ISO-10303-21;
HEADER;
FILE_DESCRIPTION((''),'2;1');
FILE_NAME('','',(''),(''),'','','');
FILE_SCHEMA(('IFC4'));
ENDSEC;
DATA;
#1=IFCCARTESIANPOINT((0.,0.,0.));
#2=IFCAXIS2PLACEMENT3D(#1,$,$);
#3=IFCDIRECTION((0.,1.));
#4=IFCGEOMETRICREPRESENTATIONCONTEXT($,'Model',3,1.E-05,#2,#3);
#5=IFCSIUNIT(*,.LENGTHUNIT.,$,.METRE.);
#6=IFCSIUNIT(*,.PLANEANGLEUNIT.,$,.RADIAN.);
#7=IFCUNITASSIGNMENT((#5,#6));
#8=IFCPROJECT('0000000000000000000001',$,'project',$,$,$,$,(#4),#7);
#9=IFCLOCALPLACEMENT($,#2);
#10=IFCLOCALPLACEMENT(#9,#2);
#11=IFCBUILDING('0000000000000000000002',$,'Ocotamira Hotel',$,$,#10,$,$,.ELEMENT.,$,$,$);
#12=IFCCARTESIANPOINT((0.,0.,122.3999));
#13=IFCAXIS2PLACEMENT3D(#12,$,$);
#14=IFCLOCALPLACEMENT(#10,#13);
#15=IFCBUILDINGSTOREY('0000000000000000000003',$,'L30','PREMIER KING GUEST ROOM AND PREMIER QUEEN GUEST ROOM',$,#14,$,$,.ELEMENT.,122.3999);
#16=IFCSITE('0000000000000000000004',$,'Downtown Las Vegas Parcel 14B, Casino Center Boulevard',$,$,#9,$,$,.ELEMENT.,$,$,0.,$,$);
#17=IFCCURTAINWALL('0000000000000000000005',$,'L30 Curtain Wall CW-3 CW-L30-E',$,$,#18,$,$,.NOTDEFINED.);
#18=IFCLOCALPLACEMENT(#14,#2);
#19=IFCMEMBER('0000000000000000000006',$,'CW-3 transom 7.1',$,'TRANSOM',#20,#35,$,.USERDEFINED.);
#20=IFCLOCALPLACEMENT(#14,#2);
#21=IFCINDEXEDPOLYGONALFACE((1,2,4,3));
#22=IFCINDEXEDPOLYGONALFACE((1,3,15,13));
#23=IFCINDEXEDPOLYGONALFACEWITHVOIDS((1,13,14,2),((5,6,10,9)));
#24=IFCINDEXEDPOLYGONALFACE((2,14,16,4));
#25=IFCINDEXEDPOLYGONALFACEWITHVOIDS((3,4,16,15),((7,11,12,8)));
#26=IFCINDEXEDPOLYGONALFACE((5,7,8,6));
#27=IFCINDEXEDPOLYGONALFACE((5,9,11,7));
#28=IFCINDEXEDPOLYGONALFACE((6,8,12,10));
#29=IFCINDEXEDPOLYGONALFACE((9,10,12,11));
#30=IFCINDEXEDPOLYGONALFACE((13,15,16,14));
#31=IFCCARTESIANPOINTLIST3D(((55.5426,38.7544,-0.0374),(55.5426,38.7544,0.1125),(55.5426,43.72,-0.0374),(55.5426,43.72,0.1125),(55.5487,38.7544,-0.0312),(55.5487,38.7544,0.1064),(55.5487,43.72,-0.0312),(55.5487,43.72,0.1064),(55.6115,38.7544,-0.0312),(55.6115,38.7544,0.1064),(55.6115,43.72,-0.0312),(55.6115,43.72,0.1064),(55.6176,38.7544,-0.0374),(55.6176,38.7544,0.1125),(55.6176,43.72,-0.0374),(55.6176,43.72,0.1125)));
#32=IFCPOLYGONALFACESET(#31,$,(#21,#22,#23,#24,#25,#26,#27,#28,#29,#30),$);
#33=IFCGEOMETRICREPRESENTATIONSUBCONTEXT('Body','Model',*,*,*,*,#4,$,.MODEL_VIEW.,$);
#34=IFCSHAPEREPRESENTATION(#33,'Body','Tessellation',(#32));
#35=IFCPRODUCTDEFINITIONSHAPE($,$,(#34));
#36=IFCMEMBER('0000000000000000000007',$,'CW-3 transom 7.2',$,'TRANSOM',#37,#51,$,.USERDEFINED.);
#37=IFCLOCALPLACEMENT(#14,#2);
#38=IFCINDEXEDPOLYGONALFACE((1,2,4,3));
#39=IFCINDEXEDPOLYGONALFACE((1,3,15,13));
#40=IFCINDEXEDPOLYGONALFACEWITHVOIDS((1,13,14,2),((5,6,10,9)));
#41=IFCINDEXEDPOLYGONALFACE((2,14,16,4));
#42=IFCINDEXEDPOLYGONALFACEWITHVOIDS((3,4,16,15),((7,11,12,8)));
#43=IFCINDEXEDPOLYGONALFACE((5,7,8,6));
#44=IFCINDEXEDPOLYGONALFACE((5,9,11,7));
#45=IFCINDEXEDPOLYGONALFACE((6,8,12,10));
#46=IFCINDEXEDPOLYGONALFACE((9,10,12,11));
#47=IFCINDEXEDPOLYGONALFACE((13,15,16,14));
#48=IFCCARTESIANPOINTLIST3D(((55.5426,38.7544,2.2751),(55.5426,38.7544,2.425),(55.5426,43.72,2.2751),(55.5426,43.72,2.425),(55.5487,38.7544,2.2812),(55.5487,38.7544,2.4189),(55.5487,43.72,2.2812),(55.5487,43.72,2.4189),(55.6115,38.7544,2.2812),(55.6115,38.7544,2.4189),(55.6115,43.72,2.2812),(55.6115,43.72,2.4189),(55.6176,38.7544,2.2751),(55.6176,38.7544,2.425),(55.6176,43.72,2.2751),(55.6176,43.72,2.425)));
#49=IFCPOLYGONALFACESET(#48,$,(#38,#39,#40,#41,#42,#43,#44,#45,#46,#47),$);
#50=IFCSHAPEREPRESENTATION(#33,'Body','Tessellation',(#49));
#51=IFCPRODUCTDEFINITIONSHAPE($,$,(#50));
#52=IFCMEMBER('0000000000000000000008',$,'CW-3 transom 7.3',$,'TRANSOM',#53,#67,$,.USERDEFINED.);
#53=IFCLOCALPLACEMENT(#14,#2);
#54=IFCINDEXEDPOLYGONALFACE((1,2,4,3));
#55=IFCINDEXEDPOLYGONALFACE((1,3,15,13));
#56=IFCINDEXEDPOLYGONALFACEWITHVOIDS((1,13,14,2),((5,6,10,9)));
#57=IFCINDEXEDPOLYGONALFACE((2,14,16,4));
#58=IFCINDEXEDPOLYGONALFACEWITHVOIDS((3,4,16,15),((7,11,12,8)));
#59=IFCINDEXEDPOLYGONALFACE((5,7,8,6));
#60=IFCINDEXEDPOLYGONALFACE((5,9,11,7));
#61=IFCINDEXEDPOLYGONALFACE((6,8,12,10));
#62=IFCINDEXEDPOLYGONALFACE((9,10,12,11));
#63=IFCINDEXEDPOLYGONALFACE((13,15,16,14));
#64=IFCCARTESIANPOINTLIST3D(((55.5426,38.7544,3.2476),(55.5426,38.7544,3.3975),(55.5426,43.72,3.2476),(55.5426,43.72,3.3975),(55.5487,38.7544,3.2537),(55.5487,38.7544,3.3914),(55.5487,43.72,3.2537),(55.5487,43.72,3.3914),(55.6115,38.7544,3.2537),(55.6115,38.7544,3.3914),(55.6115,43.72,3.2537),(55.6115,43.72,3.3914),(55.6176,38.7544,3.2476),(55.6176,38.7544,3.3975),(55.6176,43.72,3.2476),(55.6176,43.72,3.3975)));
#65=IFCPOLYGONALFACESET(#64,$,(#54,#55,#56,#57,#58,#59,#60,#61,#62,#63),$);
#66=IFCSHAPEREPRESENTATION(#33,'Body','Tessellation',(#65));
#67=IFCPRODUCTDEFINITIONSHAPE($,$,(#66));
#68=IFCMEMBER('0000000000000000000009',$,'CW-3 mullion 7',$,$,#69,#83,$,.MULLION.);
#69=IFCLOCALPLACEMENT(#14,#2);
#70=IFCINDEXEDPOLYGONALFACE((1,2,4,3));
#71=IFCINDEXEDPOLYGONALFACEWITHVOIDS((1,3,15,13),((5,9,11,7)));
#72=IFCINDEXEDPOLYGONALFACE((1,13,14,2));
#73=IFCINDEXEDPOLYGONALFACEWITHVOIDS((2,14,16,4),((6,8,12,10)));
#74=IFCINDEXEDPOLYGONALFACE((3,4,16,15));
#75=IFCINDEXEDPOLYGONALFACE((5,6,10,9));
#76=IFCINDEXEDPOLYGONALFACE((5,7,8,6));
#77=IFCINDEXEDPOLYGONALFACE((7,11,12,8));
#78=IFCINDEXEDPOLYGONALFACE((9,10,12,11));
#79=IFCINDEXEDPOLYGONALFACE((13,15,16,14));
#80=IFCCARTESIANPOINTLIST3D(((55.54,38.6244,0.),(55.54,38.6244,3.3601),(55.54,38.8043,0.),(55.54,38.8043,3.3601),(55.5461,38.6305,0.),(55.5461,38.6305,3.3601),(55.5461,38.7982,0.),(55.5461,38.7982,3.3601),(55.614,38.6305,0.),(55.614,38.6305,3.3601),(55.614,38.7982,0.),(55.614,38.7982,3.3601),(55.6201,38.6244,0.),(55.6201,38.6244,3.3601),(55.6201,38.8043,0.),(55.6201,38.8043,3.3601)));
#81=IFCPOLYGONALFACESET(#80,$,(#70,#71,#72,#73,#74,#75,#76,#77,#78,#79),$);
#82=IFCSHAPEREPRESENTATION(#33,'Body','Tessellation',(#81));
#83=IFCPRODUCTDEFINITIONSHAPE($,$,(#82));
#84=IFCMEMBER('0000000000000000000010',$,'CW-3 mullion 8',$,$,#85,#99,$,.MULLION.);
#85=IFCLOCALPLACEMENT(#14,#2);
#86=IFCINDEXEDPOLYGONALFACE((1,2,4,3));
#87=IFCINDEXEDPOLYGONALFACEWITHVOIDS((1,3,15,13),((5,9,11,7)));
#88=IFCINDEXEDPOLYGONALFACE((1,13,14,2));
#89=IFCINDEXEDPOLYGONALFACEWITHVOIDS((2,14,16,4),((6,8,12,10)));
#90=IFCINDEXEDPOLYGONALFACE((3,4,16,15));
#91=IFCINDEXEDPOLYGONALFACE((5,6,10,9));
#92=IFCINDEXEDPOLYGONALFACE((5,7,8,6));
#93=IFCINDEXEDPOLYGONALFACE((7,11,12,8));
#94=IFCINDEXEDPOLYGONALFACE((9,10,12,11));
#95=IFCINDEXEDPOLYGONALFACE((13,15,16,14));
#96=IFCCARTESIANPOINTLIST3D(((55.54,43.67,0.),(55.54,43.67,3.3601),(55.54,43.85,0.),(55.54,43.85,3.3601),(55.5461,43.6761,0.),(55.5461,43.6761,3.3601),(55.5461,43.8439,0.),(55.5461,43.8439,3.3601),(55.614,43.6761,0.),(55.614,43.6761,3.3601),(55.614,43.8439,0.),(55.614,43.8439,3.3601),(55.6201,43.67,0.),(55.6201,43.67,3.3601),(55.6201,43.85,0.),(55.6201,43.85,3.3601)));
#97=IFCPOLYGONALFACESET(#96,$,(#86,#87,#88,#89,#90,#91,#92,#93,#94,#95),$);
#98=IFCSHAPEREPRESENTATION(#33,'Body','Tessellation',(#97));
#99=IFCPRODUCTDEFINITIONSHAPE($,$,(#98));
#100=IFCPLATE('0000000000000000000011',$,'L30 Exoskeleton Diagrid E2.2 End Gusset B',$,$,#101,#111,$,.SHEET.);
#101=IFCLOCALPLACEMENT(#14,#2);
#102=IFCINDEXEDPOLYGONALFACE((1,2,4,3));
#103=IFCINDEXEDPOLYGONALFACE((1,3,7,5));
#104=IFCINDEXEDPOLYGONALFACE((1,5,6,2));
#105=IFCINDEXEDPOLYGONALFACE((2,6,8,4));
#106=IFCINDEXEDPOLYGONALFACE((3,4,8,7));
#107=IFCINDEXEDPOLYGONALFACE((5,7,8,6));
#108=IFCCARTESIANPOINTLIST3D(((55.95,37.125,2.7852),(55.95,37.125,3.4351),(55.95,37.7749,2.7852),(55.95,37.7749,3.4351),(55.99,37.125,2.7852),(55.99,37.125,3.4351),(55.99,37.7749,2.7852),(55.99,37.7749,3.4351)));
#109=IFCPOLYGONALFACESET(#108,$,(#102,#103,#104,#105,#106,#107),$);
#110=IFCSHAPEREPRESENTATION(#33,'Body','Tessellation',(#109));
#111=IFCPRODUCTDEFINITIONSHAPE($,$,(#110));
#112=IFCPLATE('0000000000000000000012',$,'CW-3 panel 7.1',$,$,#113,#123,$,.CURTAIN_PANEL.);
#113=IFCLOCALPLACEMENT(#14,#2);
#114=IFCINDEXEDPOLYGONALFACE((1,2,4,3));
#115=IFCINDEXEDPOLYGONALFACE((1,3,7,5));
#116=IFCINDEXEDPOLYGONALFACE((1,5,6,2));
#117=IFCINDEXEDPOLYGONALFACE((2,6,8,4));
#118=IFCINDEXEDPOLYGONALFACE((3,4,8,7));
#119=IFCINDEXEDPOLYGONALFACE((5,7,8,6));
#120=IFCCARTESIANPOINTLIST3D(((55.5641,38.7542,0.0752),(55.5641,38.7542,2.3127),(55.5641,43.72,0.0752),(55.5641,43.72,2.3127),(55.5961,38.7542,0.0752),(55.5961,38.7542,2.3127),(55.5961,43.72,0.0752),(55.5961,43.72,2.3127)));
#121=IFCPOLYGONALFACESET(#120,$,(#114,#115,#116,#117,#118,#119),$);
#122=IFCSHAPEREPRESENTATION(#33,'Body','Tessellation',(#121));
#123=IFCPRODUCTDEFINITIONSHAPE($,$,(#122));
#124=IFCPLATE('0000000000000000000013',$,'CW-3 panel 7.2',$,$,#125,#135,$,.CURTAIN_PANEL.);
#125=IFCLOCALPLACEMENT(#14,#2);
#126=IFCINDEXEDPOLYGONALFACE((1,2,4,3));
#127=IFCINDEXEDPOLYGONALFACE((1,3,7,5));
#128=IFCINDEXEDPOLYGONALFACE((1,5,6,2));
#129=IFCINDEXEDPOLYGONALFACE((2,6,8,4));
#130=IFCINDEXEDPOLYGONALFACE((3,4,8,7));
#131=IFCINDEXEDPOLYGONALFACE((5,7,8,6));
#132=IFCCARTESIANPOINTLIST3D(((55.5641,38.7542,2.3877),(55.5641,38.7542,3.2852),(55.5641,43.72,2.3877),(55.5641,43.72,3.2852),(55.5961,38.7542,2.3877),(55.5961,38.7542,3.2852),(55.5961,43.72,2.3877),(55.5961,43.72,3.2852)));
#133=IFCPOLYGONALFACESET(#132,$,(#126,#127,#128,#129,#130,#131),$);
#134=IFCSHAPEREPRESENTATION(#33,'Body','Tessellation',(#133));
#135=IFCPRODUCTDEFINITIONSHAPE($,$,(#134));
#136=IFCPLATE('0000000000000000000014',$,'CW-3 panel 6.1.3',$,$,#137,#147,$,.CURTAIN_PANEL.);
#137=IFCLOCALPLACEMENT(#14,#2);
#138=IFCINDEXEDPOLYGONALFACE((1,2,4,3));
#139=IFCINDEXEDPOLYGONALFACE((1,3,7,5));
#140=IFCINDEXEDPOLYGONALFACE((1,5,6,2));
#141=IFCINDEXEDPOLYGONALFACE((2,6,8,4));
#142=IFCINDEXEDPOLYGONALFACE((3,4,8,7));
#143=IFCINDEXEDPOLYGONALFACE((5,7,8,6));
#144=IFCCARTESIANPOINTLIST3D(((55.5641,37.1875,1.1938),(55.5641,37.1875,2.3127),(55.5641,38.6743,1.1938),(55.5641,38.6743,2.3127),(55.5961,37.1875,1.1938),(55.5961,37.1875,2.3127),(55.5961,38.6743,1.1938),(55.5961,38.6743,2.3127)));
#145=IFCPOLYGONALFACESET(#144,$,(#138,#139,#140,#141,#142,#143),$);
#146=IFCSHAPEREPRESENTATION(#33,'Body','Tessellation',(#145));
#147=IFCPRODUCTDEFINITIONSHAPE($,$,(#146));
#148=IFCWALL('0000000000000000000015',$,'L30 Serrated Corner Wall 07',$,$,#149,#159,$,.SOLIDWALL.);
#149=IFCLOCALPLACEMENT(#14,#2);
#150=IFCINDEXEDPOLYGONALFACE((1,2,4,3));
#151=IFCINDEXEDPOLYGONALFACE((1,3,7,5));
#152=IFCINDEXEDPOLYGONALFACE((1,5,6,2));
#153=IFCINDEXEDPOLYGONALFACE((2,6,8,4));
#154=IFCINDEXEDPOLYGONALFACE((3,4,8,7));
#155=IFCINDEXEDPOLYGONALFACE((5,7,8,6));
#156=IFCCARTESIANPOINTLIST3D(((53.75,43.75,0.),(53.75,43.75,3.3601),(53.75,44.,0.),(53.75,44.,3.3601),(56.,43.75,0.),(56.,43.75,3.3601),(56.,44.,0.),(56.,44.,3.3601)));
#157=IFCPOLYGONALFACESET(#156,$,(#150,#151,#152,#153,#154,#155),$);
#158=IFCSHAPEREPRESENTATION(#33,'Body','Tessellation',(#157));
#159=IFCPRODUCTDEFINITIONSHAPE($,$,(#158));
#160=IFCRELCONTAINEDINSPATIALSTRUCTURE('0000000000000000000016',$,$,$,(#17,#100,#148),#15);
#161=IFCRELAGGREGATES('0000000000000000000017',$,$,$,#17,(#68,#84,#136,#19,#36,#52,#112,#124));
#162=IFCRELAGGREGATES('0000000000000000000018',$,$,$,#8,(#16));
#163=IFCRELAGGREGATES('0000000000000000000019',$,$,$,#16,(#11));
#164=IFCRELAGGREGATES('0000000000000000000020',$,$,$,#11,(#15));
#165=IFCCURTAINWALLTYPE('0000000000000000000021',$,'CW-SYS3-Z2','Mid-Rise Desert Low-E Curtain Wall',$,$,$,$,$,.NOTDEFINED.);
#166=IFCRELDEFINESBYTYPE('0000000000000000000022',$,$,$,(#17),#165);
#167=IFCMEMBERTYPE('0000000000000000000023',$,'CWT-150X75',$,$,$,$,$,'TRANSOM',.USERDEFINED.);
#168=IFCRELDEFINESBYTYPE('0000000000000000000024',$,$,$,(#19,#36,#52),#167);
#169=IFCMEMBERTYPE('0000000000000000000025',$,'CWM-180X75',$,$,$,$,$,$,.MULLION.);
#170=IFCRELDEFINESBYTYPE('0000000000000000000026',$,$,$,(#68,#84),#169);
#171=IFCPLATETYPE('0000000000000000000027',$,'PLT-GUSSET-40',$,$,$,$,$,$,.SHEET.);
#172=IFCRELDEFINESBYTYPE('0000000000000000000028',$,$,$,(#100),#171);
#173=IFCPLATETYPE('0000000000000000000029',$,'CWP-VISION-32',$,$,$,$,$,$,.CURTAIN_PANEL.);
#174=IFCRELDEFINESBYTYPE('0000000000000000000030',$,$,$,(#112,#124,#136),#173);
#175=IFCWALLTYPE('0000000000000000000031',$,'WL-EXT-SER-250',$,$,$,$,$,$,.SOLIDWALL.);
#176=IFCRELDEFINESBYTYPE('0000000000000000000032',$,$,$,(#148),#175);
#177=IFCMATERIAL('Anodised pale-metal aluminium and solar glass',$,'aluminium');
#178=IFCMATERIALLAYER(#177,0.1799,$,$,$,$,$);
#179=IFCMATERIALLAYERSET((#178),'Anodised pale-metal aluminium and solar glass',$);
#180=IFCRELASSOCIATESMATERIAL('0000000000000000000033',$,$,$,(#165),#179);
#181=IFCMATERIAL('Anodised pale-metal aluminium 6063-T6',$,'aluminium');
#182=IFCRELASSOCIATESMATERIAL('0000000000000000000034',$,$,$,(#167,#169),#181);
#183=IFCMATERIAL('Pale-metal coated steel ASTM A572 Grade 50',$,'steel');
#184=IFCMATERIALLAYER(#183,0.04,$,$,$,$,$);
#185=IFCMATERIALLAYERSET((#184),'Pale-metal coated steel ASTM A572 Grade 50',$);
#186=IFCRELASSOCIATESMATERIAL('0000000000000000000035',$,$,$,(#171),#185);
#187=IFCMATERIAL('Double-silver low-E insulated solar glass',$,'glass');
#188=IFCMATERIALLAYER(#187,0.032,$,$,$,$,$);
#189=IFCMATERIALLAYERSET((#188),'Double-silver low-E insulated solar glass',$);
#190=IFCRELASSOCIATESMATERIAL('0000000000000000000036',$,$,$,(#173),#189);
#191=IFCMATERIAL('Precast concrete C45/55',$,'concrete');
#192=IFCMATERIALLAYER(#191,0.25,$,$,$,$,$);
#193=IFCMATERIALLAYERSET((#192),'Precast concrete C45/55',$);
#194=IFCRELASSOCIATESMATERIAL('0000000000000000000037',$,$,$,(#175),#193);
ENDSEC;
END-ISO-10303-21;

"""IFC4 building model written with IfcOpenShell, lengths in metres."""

from ifc_helpers import new_model, si_unit, direction, frame, frame_2d, origin, origin_2d, place, context, subcontext, project, spatial, rectangle, hollow_rectangle, extrude, source, transform, mapped, material, layer, layer_set, material_profile, profile_set, type_object, element, aggregate, save


model = new_model("IFC4")

# Units and contexts
model_context = context("Model", 3, precision=1e-05, world=origin(), true_north=direction((0.0, 1.0)))
body_context = subcontext(model_context, "Body", "Model", "MODEL_VIEW")
ifc_project = project(units=[si_unit("LENGTHUNIT", "METRE"), si_unit("PLANEANGLEUNIT", "RADIAN")], contexts=[model_context])

# Site, building, storey
site_placement = place(None, origin())
site = spatial("IfcSite", under=ifc_project, at=site_placement, Name="Downtown Las Vegas Parcel 14B, Casino Center Boulevard", CompositionType="ELEMENT", RefElevation=0.0)
building_placement = place(site_placement, origin())
building = spatial("IfcBuilding", under=site, at=building_placement, Name="Ocotamira Hotel", CompositionType="ELEMENT")
storey_placement = place(building_placement, frame((0.0, 0.0, 122.3999)))
storey = spatial("IfcBuildingStorey", under=building, at=storey_placement, Name="L30", Description="PREMIER KING GUEST ROOM AND PREMIER QUEEN GUEST ROOM", CompositionType="ELEMENT", Elevation=122.3999)

# Curtain wall, members
ifc_material_1 = material(Name="Anodised pale-metal aluminium and solar glass", Category="aluminium")
ifc_layer_1 = layer(ifc_material_1, 0.1799)
ifc_layer_set_1 = layer_set([ifc_layer_1], Name="Anodised pale-metal aluminium and solar glass")
curtain_wall_type = type_object("IfcCurtainWallType", Name="CW-SYS3-Z2", Description="Mid-Rise Desert Low-E Curtain Wall", PredefinedType="NOTDEFINED", material=ifc_layer_set_1)
curtain_wall_placement = place(storey_placement, origin())
curtain_wall = element("IfcCurtainWall", 1, at=curtain_wall_placement, inside=storey, type_object=curtain_wall_type, Name="L30 Curtain Wall CW-3 CW-L30-E", PredefinedType="NOTDEFINED")
ifc_material_2 = material(Name="Anodised pale-metal aluminium 6063-T6", Category="aluminium")
ifc_material_profile_1 = material_profile(ifc_material_2, hollow_rectangle(XDim=0.075, YDim=0.1499, WallThickness=0.0061, at=origin_2d()), Name="HSS150X75X6")
ifc_profile_set_1 = profile_set([ifc_material_profile_1], Name="Anodised pale-metal aluminium 6063-T6")
member_type_1 = type_object("IfcMemberType", Name="CWT-150X75", ElementType="TRANSOM", PredefinedType="USERDEFINED", material=ifc_profile_set_1)
shared_shape_1 = source(origin(), body_context, "Body", "SweptSolid", [
    extrude(hollow_rectangle(XDim=0.075, YDim=0.1499, WallThickness=0.0061, at=origin_2d()), origin(), (0.0, 0.0, 1.0), 4.9656),
])
member_1_placement = place(storey_placement, frame((55.5801, 38.7544, 0.0376), z_axis=(0.0, 1.0, 0.0), x_axis=(-1.0, 0.0, 0.0)))
member_1 = element("IfcMember", 2, at=member_1_placement, type_object=member_type_1, Name="CW-3 transom 7.1", ObjectType="TRANSOM", PredefinedType="USERDEFINED", context=body_context, shape_type="MappedRepresentation", body=[
    mapped(shared_shape_1, transform((0.0, 0.0, 0.0), scale=1.0)),
])
member_2_placement = place(storey_placement, frame((55.5801, 38.7544, 2.3501), z_axis=(0.0, 1.0, 0.0), x_axis=(-1.0, 0.0, 0.0)))
member_2 = element("IfcMember", 3, at=member_2_placement, type_object=member_type_1, Name="CW-3 transom 7.2", ObjectType="TRANSOM", PredefinedType="USERDEFINED", context=body_context, shape_type="MappedRepresentation", body=[
    mapped(shared_shape_1, transform((0.0, 0.0, 0.0), scale=1.0)),
])
member_3_placement = place(storey_placement, frame((55.5801, 38.7544, 3.3225), z_axis=(0.0, 1.0, 0.0), x_axis=(-1.0, 0.0, 0.0)))
member_3 = element("IfcMember", 4, at=member_3_placement, type_object=member_type_1, Name="CW-3 transom 7.3", ObjectType="TRANSOM", PredefinedType="USERDEFINED", context=body_context, shape_type="MappedRepresentation", body=[
    mapped(shared_shape_1, transform((0.0, 0.0, 0.0), scale=1.0)),
])
ifc_material_profile_2 = material_profile(ifc_material_2, hollow_rectangle(XDim=0.0801, YDim=0.1799, WallThickness=0.0061, at=origin_2d()), Name="HSS180X80X6")
ifc_profile_set_2 = profile_set([ifc_material_profile_2], Name="Anodised pale-metal aluminium 6063-T6")
member_type_2 = type_object("IfcMemberType", Name="CWM-180X75", PredefinedType="MULLION", material=ifc_profile_set_2)
shared_shape_2 = source(origin(), body_context, "Body", "SweptSolid", [
    extrude(hollow_rectangle(XDim=0.0801, YDim=0.1799, WallThickness=0.0061, at=origin_2d()), origin(), (0.0, 0.0, 1.0), 3.3601),
])
member_4_placement = place(storey_placement, frame((55.5801, 38.7144, 0.0), z_axis=(0.0, 0.0, 1.0), x_axis=(-1.0, 0.0, 0.0)))
member_4 = element("IfcMember", 5, at=member_4_placement, type_object=member_type_2, Name="CW-3 mullion 7", PredefinedType="MULLION", context=body_context, shape_type="MappedRepresentation", body=[
    mapped(shared_shape_2, transform((0.0, 0.0, 0.0), scale=1.0)),
])
member_5_placement = place(storey_placement, frame((55.5801, 43.76, 0.0), z_axis=(0.0, 0.0, 1.0), x_axis=(-1.0, 0.0, 0.0)))
member_5 = element("IfcMember", 6, at=member_5_placement, type_object=member_type_2, Name="CW-3 mullion 8", PredefinedType="MULLION", context=body_context, shape_type="MappedRepresentation", body=[
    mapped(shared_shape_2, transform((0.0, 0.0, 0.0), scale=1.0)),
])

# Plates
ifc_material_3 = material(Name="Pale-metal coated steel ASTM A572 Grade 50", Category="steel")
ifc_layer_2 = layer(ifc_material_3, 0.04)
ifc_layer_set_2 = layer_set([ifc_layer_2], Name="Pale-metal coated steel ASTM A572 Grade 50")
plate_type_1 = type_object("IfcPlateType", Name="PLT-GUSSET-40", PredefinedType="SHEET", material=ifc_layer_set_2)
shared_shape_3 = source(origin(), body_context, "Body", "SweptSolid", [
    extrude(rectangle(XDim=0.04, YDim=0.6499, at=origin_2d()), origin(), (0.0, 0.0, 1.0), 0.6499),
])
plate_1_placement = place(storey_placement, frame((55.97, 37.45, 2.7852), z_axis=(0.0, 0.0, 1.0), x_axis=(1.0, 0.0, 0.0)))
element("IfcPlate", 7, at=plate_1_placement, inside=storey, type_object=plate_type_1, Name="L30 Exoskeleton Diagrid E2.2 End Gusset B", PredefinedType="SHEET", context=body_context, shape_type="MappedRepresentation", body=[
    mapped(shared_shape_3, transform((0.0, 0.0, 0.0), scale=1.0)),
])
ifc_material_4 = material(Name="Double-silver low-E insulated solar glass", Category="glass")
ifc_layer_3 = layer(ifc_material_4, 0.032)
ifc_layer_set_3 = layer_set([ifc_layer_3], Name="Double-silver low-E insulated solar glass")
plate_type_2 = type_object("IfcPlateType", Name="CWP-VISION-32", PredefinedType="CURTAIN_PANEL", material=ifc_layer_set_3)
shared_shape_4 = source(origin(), body_context, "Body", "SweptSolid", [
    extrude(rectangle(XDim=4.9658, YDim=0.032, at=origin_2d()), origin(), (0.0, 0.0, 1.0), 2.2375),
])
plate_2_placement = place(storey_placement, frame((55.5801, 41.2371, 0.0752), z_axis=(0.0, 0.0, 1.0), x_axis=(0.0, 1.0, 0.0)))
plate_2 = element("IfcPlate", 8, at=plate_2_placement, type_object=plate_type_2, Name="CW-3 panel 7.1", PredefinedType="CURTAIN_PANEL", context=body_context, shape_type="MappedRepresentation", body=[
    mapped(shared_shape_4, transform((0.0, 0.0, 0.0), scale=1.0)),
])
shared_shape_5 = source(origin(), body_context, "Body", "SweptSolid", [
    extrude(rectangle(XDim=4.9658, YDim=0.032, at=origin_2d()), origin(), (0.0, 0.0, 1.0), 0.8975),
])
plate_3_placement = place(storey_placement, frame((55.5801, 41.2371, 2.3877), z_axis=(0.0, 0.0, 1.0), x_axis=(0.0, 1.0, 0.0)))
plate_3 = element("IfcPlate", 9, at=plate_3_placement, type_object=plate_type_2, Name="CW-3 panel 7.2", PredefinedType="CURTAIN_PANEL", context=body_context, shape_type="MappedRepresentation", body=[
    mapped(shared_shape_5, transform((0.0, 0.0, 0.0), scale=1.0)),
])
shared_shape_6 = source(origin(), body_context, "Body", "SweptSolid", [
    extrude(rectangle(XDim=1.4868, YDim=0.032, at=origin_2d()), origin(), (0.0, 0.0, 1.0), 1.1189),
])
plate_4_placement = place(storey_placement, frame((55.5801, 37.9309, 1.1938), z_axis=(0.0, 0.0, 1.0), x_axis=(0.0, 1.0, 0.0)))
plate_4 = element("IfcPlate", 10, at=plate_4_placement, type_object=plate_type_2, Name="CW-3 panel 6.1.3", PredefinedType="CURTAIN_PANEL", context=body_context, shape_type="MappedRepresentation", body=[
    mapped(shared_shape_6, transform((0.0, 0.0, 0.0), scale=1.0)),
])
aggregate(curtain_wall, [member_4, member_5, plate_4, member_1, member_2, member_3, plate_2, plate_3])

# Wall
ifc_material_5 = material(Name="Precast concrete C45/55", Category="concrete")
ifc_layer_4 = layer(ifc_material_5, 0.25)
ifc_layer_set_4 = layer_set([ifc_layer_4], Name="Precast concrete C45/55")
wall_type_1 = type_object("IfcWallType", Name="WL-EXT-SER-250", PredefinedType="SOLIDWALL", material=ifc_layer_set_4)
wall_1_placement = place(storey_placement, frame((56.0, 43.875, 0.0), z_axis=(0.0, 0.0, 1.0), x_axis=(-1.0, 0.0, 0.0)))
element("IfcWall", 11, at=wall_1_placement, inside=storey, type_object=wall_type_1, Name="L30 Serrated Corner Wall 07", PredefinedType="SOLIDWALL", context=body_context, shape_type="SweptSolid", body=[
    extrude(rectangle(XDim=2.25, YDim=0.25, at=frame_2d((1.125, 0.0))), origin(), (0.0, 0.0, 1.0), 3.3601),
])

save(model, "model.ifc")
